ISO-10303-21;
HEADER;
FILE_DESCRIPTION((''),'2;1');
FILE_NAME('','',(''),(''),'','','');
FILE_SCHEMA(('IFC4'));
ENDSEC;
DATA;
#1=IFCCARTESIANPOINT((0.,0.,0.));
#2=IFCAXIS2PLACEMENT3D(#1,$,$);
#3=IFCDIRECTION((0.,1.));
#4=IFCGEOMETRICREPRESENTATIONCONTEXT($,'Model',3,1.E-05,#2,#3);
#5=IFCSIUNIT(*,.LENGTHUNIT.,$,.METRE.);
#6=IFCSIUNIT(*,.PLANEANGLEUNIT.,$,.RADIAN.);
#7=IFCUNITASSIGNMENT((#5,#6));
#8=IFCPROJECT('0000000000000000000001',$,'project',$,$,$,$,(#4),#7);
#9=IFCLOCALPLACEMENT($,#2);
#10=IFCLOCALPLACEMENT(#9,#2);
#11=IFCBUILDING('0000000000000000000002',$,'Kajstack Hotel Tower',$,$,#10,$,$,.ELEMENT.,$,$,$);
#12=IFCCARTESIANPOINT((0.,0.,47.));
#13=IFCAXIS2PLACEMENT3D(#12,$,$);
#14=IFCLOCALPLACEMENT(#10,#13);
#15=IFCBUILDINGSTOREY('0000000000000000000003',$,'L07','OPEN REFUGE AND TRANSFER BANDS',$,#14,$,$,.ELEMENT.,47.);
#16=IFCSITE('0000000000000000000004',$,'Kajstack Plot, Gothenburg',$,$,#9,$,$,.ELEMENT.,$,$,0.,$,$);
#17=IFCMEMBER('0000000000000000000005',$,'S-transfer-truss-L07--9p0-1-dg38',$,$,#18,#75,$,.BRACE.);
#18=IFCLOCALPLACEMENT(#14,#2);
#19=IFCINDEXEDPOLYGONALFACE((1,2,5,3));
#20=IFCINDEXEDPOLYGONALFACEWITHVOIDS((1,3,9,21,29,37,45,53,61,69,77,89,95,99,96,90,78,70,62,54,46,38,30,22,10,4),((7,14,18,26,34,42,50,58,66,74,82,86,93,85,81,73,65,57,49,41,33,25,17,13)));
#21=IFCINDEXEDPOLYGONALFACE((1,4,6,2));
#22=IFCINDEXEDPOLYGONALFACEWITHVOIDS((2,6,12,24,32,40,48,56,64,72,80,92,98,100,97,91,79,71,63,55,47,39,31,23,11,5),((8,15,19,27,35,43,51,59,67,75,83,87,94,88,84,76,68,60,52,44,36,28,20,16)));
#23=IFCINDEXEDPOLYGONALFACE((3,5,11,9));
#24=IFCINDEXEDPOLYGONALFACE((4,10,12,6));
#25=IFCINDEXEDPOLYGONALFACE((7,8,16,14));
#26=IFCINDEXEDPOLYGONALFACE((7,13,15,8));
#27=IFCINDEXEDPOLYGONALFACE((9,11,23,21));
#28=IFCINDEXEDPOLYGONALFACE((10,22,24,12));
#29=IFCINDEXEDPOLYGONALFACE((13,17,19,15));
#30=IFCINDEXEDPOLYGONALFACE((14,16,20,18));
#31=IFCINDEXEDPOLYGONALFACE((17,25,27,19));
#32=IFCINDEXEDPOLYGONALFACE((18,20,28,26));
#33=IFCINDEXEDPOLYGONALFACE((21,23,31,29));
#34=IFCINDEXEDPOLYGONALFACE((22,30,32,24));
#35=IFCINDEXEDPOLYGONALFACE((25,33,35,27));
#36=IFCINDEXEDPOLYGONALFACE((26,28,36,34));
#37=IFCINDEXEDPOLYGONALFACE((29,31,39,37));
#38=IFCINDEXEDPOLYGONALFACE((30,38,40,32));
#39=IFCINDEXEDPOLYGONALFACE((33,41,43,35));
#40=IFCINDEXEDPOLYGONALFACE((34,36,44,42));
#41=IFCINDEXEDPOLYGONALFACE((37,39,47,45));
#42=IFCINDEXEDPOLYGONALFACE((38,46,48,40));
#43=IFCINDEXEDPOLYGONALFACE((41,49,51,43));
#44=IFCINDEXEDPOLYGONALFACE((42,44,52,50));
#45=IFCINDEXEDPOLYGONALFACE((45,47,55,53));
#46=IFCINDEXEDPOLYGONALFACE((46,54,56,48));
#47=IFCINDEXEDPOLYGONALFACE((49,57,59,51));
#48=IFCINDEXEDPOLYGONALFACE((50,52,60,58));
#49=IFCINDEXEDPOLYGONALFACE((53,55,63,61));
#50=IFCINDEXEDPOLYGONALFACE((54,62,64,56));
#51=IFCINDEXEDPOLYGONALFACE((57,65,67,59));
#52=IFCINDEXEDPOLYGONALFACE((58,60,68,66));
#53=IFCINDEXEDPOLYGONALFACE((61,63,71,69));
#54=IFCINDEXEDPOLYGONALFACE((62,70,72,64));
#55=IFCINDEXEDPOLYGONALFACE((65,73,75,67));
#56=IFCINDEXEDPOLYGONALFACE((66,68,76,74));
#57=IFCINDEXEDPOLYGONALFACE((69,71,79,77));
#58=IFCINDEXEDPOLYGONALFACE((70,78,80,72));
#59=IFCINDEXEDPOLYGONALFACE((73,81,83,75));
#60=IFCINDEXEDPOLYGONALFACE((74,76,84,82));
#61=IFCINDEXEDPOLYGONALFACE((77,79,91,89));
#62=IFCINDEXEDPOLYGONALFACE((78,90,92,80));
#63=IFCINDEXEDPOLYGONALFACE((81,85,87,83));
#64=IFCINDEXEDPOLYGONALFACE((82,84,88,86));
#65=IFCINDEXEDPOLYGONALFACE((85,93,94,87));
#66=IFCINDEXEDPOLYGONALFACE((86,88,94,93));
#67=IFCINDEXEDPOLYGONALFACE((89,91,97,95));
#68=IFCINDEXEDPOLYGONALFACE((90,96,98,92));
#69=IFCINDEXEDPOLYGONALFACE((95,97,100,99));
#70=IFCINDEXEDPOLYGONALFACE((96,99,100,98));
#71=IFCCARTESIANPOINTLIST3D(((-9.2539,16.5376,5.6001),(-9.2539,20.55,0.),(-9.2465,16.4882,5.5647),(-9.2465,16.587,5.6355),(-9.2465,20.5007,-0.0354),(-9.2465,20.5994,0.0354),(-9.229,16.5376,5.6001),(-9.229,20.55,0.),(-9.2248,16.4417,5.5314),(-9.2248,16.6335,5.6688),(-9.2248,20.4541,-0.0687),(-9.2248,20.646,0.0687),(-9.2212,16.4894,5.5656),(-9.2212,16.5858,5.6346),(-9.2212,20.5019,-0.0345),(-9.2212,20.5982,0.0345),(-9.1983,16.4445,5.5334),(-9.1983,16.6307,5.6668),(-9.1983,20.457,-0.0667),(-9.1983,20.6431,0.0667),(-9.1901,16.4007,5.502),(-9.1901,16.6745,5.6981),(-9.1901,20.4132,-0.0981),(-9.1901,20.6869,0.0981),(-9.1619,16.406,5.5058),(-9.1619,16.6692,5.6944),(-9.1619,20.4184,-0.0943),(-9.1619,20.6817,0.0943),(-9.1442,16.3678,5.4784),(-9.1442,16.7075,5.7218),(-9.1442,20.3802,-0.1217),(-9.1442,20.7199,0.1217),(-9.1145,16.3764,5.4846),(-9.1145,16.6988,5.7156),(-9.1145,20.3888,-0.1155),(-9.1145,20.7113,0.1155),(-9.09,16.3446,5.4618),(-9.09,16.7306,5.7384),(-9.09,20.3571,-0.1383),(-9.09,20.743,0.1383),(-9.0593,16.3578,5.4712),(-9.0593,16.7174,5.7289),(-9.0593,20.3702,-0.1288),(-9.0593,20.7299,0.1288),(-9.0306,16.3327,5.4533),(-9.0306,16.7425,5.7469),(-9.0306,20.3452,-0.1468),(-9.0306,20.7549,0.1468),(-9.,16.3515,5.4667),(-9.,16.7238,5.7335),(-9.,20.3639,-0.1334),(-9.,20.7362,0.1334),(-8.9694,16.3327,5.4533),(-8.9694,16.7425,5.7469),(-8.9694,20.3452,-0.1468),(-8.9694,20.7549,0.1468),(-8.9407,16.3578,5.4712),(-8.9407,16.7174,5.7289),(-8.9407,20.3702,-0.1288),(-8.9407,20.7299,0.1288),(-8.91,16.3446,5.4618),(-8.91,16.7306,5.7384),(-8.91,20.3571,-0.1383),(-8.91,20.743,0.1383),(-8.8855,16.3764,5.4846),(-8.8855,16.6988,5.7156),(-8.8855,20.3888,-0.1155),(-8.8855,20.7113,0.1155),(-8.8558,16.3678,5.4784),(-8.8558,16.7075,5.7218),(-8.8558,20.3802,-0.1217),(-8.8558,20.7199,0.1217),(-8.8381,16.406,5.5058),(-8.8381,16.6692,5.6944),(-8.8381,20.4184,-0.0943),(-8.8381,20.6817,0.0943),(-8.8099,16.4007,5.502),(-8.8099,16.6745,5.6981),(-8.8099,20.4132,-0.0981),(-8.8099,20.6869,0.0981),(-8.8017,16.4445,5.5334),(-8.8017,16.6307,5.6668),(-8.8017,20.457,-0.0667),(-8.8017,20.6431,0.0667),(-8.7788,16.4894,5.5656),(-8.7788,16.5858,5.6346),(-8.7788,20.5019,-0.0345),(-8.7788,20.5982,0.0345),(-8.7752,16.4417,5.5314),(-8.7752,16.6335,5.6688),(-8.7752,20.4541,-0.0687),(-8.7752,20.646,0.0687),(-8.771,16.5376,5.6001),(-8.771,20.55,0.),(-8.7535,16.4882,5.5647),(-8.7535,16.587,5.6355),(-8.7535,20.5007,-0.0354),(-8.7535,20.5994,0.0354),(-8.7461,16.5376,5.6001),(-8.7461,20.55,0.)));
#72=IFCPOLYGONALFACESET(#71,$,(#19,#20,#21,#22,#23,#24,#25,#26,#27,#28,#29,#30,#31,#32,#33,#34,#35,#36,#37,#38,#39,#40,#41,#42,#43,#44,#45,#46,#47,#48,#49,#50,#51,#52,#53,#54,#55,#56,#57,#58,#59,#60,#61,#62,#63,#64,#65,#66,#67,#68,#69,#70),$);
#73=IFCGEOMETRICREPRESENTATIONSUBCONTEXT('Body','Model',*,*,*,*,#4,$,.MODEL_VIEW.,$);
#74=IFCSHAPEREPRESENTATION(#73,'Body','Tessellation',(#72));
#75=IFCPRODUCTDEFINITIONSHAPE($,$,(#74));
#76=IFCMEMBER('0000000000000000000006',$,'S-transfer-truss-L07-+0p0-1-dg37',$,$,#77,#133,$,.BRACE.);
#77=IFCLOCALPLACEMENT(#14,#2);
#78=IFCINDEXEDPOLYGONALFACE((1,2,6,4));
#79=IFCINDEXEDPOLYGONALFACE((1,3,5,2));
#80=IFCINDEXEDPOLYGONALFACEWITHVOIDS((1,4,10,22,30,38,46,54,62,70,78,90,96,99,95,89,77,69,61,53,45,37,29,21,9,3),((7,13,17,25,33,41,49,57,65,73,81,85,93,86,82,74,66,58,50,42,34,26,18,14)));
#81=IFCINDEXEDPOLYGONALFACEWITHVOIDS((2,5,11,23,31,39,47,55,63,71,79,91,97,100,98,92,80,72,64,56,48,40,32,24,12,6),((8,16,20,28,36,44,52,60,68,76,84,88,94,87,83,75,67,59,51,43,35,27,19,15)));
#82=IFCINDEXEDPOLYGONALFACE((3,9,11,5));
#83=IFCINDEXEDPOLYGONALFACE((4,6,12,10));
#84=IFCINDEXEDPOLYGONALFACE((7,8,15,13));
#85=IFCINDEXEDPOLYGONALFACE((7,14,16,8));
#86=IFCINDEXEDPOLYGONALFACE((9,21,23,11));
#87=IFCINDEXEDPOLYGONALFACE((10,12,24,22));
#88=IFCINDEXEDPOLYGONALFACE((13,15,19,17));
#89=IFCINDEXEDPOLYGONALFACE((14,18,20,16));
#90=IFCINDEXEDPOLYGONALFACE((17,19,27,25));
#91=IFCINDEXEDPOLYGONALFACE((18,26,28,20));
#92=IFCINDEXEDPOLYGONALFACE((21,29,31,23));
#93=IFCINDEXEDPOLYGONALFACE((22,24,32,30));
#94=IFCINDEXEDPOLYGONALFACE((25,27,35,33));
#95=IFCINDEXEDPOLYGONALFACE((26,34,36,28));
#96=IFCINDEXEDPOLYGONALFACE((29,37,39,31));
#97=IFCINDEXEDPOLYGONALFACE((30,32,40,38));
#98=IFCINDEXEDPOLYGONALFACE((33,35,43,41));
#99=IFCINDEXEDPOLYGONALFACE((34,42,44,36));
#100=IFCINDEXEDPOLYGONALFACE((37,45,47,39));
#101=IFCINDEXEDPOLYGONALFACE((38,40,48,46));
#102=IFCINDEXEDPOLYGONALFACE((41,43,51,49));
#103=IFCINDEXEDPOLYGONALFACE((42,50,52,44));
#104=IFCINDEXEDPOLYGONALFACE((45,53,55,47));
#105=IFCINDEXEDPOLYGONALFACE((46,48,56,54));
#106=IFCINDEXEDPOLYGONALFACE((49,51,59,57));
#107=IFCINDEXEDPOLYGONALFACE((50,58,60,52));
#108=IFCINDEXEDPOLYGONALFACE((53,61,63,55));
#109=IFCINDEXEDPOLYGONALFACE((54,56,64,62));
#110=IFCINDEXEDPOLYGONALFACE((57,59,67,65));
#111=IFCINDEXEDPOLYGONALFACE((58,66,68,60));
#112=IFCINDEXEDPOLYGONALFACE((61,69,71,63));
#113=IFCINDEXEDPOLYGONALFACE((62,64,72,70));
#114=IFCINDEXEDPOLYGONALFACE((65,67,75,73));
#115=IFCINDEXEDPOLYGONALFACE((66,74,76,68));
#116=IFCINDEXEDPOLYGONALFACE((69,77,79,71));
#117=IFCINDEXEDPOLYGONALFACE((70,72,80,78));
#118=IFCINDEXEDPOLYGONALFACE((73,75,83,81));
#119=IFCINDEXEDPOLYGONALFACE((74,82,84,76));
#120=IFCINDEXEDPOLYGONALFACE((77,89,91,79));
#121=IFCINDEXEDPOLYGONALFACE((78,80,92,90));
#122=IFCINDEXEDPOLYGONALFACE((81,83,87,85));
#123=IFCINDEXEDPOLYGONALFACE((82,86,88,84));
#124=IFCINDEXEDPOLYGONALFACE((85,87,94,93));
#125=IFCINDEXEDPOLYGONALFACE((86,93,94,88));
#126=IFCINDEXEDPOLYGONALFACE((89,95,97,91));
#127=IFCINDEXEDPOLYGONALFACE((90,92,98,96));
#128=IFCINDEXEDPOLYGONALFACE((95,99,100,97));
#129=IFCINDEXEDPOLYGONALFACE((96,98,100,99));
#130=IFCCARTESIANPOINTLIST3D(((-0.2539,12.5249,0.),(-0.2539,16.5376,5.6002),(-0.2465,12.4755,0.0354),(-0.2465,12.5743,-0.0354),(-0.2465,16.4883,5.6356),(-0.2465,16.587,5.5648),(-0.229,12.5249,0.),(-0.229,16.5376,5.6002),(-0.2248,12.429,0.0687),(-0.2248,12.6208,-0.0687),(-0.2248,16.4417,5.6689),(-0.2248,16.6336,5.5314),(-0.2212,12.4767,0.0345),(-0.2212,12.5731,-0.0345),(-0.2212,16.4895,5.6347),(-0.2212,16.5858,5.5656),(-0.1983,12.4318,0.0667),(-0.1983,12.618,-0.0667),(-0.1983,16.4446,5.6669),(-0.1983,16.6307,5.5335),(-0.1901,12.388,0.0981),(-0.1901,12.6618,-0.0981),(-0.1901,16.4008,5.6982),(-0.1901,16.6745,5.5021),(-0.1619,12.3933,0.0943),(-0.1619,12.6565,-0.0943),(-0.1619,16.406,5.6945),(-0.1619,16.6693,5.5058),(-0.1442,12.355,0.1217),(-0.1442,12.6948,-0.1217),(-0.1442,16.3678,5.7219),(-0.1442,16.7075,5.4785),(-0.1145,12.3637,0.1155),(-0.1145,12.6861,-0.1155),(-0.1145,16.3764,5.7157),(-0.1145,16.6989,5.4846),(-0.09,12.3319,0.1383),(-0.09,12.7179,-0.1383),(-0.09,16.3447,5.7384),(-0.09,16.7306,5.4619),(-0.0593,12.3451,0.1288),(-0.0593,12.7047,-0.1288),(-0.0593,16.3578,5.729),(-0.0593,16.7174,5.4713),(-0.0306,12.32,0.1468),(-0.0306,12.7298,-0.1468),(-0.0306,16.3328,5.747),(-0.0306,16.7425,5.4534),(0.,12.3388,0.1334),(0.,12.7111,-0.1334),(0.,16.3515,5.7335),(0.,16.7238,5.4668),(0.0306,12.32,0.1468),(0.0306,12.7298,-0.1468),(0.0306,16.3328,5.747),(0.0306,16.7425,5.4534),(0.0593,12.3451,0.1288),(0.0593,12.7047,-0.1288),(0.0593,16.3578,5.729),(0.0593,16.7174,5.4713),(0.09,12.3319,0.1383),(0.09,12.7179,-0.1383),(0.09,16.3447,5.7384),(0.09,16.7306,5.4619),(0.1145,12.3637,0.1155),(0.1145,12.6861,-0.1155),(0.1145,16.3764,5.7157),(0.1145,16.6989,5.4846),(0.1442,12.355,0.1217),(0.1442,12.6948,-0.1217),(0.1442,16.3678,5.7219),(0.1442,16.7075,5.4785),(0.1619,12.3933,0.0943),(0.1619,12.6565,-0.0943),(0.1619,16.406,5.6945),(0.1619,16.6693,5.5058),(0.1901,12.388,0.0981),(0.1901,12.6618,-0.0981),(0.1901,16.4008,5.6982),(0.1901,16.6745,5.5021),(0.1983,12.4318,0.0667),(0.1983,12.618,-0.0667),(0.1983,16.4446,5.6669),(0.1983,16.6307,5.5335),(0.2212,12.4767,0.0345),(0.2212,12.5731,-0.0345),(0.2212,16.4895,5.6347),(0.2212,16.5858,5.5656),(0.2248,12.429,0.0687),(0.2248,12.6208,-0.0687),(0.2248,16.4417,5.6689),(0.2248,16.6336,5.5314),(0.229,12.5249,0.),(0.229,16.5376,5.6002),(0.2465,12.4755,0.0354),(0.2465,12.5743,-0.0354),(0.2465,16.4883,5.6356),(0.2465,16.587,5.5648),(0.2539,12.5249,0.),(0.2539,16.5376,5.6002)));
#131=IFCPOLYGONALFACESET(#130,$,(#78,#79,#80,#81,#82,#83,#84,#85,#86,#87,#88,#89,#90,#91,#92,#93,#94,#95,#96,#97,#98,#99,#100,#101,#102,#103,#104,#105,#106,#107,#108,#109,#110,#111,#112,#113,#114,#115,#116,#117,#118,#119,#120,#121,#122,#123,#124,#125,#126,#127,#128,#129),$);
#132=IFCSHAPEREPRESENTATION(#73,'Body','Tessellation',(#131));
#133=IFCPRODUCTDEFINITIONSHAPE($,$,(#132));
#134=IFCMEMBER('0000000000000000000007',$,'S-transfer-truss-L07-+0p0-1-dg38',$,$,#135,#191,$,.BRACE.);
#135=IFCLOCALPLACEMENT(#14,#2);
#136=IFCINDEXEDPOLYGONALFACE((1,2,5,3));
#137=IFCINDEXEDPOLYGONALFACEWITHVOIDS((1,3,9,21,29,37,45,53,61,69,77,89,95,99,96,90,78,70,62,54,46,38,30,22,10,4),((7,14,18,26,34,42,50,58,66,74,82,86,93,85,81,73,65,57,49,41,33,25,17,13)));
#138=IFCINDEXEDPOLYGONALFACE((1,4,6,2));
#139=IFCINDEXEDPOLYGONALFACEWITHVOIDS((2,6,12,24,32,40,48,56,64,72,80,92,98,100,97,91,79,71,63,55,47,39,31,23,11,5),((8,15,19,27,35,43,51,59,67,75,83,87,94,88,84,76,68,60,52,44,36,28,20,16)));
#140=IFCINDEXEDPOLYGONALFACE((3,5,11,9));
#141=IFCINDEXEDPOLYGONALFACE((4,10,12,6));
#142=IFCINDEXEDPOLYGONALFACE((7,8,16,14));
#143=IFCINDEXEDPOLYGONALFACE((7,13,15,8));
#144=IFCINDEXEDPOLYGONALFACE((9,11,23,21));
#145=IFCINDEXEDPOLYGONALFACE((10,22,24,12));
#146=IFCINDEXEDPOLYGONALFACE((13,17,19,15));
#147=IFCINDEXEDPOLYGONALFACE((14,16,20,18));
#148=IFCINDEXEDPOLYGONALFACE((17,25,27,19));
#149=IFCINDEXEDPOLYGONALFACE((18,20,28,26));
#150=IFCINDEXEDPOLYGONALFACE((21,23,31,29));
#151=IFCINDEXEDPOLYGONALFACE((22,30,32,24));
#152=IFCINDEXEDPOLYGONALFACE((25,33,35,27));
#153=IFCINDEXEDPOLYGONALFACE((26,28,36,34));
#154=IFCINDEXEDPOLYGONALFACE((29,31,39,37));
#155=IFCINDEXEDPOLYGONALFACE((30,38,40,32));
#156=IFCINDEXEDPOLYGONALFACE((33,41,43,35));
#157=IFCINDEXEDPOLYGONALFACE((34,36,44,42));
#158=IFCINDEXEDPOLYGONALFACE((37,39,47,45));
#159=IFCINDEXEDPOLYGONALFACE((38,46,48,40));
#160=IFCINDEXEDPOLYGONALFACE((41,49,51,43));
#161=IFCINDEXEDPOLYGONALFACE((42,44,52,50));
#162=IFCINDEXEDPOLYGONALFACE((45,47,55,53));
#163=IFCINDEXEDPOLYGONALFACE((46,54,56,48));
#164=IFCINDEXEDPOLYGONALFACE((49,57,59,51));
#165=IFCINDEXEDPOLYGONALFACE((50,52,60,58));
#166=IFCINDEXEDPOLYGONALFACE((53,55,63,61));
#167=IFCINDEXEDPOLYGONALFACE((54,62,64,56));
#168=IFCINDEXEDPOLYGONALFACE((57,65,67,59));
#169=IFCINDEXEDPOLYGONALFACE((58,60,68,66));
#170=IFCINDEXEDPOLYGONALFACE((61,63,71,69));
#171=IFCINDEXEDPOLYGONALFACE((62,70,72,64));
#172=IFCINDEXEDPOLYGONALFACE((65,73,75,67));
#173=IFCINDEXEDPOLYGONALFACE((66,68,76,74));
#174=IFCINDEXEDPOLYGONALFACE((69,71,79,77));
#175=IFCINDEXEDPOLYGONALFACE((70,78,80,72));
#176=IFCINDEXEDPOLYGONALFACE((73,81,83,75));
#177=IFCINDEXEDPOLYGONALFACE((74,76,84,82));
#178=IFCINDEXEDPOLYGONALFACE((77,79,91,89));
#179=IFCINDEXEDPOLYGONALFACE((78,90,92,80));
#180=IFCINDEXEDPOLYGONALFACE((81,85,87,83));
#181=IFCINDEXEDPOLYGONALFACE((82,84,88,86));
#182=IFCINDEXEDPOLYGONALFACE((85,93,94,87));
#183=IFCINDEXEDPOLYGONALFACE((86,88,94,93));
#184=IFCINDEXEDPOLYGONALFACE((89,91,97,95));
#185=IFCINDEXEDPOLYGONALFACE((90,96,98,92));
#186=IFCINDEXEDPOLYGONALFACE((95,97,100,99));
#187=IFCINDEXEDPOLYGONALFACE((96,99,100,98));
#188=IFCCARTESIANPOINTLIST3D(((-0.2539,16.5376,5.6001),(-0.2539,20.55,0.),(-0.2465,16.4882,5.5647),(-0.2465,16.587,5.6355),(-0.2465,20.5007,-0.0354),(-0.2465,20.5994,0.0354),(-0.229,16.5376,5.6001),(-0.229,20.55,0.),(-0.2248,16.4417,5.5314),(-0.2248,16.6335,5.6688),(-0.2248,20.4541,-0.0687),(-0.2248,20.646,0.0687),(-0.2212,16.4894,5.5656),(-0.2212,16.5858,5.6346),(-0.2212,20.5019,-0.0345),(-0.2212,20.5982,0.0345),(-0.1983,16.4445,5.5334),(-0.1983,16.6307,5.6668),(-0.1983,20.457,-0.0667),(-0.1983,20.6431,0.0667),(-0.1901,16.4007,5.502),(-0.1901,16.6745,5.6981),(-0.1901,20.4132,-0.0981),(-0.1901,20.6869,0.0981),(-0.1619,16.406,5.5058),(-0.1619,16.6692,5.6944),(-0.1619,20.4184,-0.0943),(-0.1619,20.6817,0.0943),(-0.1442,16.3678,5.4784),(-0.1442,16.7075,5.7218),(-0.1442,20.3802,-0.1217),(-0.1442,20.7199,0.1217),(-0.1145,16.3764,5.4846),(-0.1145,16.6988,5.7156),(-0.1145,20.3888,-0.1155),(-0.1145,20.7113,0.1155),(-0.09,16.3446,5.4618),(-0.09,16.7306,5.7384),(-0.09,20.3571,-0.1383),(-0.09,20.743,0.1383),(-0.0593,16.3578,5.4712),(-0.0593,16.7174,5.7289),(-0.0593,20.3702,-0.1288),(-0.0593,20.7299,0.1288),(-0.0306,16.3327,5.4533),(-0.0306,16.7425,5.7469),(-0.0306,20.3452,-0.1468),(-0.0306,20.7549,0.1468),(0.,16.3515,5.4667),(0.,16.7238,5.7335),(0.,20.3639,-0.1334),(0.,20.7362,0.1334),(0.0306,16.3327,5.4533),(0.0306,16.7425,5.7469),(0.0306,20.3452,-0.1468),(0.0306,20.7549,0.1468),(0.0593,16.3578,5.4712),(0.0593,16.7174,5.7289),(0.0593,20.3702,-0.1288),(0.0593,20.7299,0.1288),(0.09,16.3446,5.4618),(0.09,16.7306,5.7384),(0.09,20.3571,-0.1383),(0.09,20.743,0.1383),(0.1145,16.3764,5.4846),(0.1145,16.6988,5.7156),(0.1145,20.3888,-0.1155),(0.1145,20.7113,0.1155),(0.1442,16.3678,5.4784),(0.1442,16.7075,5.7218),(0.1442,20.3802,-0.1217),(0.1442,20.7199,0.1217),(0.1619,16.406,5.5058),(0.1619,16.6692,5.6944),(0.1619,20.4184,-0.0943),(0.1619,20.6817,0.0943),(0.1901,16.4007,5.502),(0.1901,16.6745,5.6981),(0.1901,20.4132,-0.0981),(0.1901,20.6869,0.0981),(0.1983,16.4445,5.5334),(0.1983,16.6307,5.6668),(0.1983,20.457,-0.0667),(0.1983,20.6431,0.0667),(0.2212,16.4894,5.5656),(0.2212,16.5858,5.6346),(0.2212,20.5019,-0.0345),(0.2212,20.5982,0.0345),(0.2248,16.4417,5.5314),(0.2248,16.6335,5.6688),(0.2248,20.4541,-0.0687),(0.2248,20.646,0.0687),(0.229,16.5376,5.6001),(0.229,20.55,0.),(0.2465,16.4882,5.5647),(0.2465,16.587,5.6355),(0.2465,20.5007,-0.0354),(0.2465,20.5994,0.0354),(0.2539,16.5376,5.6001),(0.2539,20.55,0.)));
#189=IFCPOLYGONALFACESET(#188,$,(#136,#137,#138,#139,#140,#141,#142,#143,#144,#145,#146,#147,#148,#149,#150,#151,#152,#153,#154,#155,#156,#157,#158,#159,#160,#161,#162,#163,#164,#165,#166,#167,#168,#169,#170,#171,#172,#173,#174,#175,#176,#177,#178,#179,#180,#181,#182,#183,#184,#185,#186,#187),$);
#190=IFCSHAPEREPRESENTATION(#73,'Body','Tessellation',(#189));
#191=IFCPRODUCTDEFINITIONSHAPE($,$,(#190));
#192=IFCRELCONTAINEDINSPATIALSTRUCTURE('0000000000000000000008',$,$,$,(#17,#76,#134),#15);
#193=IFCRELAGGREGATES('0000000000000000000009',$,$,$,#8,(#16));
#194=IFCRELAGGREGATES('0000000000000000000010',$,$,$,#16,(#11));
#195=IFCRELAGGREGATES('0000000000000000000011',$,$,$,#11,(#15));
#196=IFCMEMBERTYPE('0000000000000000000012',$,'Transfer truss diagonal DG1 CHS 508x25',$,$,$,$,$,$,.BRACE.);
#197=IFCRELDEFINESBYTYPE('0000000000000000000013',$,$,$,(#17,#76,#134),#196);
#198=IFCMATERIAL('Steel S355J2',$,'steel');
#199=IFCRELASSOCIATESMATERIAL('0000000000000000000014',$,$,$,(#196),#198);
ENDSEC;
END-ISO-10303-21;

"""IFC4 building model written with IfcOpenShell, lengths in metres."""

from ifc_helpers import new_model, si_unit, direction, frame, origin, origin_2d, place, context, subcontext, project, spatial, hollow_circle, extrude, material, material_profile, profile_set, type_object, element, save


model = new_model("IFC4")

# Units and contexts
model_context = context("Model", 3, precision=1e-05, world=origin(), true_north=direction((0.0, 1.0)))
body_context = subcontext(model_context, "Body", "Model", "MODEL_VIEW")
ifc_project = project(units=[si_unit("LENGTHUNIT", "METRE"), si_unit("PLANEANGLEUNIT", "RADIAN")], contexts=[model_context])

# Site, building, storey
site_placement = place(None, origin())
site = spatial("IfcSite", under=ifc_project, at=site_placement, Name="Kajstack Plot, Gothenburg", CompositionType="ELEMENT", RefElevation=0.0)
building_placement = place(site_placement, origin())
building = spatial("IfcBuilding", under=site, at=building_placement, Name="Kajstack Hotel Tower", CompositionType="ELEMENT")
storey_placement = place(building_placement, frame((0.0, 0.0, 47.0)))
storey = spatial("IfcBuildingStorey", under=building, at=storey_placement, Name="L07", Description="OPEN REFUGE AND TRANSFER BANDS", CompositionType="ELEMENT", Elevation=47.0)

# Members
ifc_material = material(Name="Steel S355J2", Category="steel")
ifc_material_profile_1 = material_profile(ifc_material, hollow_circle(Radius=0.2539, WallThickness=0.0249, at=origin_2d()), Name="CHS 508x25")
ifc_profile_set_1 = profile_set([ifc_material_profile_1], Name="Steel S355J2")
member_type_1 = type_object("IfcMemberType", Name="Transfer truss diagonal DG1 CHS 508x25", PredefinedType="BRACE", material=ifc_profile_set_1)
member_1_placement = place(storey_placement, frame((-9.0, 20.55, 0.0), z_axis=(0.0, -0.582428, 0.812883), x_axis=(1.0, 0.0, 0.0)))
element("IfcMember", 1, at=member_1_placement, inside=storey, type_object=member_type_1, Name="S-transfer-truss-L07--9p0-1-dg38", PredefinedType="BRACE", context=body_context, shape_type="SweptSolid", body=[
    extrude(hollow_circle(Radius=0.2539, WallThickness=0.0249, at=origin_2d()), origin(), (0.0, 0.0, 1.0), 6.8892),
])
member_2_placement = place(storey_placement, frame((0.0, 12.5249, 0.0), z_axis=(0.0, 0.582451, 0.812866), x_axis=(-1.0, 0.0, 0.0)))
element("IfcMember", 2, at=member_2_placement, inside=storey, type_object=member_type_1, Name="S-transfer-truss-L07-+0p0-1-dg37", PredefinedType="BRACE", context=body_context, shape_type="SweptSolid", body=[
    extrude(hollow_circle(Radius=0.2539, WallThickness=0.0249, at=origin_2d()), origin(), (0.0, 0.0, 1.0), 6.8894),
])
member_3_placement = place(storey_placement, frame((0.0, 20.55, 0.0), z_axis=(0.0, -0.582428, 0.812883), x_axis=(1.0, 0.0, 0.0)))
element("IfcMember", 3, at=member_3_placement, inside=storey, type_object=member_type_1, Name="S-transfer-truss-L07-+0p0-1-dg38", PredefinedType="BRACE", context=body_context, shape_type="SweptSolid", body=[
    extrude(hollow_circle(Radius=0.2539, WallThickness=0.0249, at=origin_2d()), origin(), (0.0, 0.0, 1.0), 6.8892),
])

save(model, "model.ifc")
